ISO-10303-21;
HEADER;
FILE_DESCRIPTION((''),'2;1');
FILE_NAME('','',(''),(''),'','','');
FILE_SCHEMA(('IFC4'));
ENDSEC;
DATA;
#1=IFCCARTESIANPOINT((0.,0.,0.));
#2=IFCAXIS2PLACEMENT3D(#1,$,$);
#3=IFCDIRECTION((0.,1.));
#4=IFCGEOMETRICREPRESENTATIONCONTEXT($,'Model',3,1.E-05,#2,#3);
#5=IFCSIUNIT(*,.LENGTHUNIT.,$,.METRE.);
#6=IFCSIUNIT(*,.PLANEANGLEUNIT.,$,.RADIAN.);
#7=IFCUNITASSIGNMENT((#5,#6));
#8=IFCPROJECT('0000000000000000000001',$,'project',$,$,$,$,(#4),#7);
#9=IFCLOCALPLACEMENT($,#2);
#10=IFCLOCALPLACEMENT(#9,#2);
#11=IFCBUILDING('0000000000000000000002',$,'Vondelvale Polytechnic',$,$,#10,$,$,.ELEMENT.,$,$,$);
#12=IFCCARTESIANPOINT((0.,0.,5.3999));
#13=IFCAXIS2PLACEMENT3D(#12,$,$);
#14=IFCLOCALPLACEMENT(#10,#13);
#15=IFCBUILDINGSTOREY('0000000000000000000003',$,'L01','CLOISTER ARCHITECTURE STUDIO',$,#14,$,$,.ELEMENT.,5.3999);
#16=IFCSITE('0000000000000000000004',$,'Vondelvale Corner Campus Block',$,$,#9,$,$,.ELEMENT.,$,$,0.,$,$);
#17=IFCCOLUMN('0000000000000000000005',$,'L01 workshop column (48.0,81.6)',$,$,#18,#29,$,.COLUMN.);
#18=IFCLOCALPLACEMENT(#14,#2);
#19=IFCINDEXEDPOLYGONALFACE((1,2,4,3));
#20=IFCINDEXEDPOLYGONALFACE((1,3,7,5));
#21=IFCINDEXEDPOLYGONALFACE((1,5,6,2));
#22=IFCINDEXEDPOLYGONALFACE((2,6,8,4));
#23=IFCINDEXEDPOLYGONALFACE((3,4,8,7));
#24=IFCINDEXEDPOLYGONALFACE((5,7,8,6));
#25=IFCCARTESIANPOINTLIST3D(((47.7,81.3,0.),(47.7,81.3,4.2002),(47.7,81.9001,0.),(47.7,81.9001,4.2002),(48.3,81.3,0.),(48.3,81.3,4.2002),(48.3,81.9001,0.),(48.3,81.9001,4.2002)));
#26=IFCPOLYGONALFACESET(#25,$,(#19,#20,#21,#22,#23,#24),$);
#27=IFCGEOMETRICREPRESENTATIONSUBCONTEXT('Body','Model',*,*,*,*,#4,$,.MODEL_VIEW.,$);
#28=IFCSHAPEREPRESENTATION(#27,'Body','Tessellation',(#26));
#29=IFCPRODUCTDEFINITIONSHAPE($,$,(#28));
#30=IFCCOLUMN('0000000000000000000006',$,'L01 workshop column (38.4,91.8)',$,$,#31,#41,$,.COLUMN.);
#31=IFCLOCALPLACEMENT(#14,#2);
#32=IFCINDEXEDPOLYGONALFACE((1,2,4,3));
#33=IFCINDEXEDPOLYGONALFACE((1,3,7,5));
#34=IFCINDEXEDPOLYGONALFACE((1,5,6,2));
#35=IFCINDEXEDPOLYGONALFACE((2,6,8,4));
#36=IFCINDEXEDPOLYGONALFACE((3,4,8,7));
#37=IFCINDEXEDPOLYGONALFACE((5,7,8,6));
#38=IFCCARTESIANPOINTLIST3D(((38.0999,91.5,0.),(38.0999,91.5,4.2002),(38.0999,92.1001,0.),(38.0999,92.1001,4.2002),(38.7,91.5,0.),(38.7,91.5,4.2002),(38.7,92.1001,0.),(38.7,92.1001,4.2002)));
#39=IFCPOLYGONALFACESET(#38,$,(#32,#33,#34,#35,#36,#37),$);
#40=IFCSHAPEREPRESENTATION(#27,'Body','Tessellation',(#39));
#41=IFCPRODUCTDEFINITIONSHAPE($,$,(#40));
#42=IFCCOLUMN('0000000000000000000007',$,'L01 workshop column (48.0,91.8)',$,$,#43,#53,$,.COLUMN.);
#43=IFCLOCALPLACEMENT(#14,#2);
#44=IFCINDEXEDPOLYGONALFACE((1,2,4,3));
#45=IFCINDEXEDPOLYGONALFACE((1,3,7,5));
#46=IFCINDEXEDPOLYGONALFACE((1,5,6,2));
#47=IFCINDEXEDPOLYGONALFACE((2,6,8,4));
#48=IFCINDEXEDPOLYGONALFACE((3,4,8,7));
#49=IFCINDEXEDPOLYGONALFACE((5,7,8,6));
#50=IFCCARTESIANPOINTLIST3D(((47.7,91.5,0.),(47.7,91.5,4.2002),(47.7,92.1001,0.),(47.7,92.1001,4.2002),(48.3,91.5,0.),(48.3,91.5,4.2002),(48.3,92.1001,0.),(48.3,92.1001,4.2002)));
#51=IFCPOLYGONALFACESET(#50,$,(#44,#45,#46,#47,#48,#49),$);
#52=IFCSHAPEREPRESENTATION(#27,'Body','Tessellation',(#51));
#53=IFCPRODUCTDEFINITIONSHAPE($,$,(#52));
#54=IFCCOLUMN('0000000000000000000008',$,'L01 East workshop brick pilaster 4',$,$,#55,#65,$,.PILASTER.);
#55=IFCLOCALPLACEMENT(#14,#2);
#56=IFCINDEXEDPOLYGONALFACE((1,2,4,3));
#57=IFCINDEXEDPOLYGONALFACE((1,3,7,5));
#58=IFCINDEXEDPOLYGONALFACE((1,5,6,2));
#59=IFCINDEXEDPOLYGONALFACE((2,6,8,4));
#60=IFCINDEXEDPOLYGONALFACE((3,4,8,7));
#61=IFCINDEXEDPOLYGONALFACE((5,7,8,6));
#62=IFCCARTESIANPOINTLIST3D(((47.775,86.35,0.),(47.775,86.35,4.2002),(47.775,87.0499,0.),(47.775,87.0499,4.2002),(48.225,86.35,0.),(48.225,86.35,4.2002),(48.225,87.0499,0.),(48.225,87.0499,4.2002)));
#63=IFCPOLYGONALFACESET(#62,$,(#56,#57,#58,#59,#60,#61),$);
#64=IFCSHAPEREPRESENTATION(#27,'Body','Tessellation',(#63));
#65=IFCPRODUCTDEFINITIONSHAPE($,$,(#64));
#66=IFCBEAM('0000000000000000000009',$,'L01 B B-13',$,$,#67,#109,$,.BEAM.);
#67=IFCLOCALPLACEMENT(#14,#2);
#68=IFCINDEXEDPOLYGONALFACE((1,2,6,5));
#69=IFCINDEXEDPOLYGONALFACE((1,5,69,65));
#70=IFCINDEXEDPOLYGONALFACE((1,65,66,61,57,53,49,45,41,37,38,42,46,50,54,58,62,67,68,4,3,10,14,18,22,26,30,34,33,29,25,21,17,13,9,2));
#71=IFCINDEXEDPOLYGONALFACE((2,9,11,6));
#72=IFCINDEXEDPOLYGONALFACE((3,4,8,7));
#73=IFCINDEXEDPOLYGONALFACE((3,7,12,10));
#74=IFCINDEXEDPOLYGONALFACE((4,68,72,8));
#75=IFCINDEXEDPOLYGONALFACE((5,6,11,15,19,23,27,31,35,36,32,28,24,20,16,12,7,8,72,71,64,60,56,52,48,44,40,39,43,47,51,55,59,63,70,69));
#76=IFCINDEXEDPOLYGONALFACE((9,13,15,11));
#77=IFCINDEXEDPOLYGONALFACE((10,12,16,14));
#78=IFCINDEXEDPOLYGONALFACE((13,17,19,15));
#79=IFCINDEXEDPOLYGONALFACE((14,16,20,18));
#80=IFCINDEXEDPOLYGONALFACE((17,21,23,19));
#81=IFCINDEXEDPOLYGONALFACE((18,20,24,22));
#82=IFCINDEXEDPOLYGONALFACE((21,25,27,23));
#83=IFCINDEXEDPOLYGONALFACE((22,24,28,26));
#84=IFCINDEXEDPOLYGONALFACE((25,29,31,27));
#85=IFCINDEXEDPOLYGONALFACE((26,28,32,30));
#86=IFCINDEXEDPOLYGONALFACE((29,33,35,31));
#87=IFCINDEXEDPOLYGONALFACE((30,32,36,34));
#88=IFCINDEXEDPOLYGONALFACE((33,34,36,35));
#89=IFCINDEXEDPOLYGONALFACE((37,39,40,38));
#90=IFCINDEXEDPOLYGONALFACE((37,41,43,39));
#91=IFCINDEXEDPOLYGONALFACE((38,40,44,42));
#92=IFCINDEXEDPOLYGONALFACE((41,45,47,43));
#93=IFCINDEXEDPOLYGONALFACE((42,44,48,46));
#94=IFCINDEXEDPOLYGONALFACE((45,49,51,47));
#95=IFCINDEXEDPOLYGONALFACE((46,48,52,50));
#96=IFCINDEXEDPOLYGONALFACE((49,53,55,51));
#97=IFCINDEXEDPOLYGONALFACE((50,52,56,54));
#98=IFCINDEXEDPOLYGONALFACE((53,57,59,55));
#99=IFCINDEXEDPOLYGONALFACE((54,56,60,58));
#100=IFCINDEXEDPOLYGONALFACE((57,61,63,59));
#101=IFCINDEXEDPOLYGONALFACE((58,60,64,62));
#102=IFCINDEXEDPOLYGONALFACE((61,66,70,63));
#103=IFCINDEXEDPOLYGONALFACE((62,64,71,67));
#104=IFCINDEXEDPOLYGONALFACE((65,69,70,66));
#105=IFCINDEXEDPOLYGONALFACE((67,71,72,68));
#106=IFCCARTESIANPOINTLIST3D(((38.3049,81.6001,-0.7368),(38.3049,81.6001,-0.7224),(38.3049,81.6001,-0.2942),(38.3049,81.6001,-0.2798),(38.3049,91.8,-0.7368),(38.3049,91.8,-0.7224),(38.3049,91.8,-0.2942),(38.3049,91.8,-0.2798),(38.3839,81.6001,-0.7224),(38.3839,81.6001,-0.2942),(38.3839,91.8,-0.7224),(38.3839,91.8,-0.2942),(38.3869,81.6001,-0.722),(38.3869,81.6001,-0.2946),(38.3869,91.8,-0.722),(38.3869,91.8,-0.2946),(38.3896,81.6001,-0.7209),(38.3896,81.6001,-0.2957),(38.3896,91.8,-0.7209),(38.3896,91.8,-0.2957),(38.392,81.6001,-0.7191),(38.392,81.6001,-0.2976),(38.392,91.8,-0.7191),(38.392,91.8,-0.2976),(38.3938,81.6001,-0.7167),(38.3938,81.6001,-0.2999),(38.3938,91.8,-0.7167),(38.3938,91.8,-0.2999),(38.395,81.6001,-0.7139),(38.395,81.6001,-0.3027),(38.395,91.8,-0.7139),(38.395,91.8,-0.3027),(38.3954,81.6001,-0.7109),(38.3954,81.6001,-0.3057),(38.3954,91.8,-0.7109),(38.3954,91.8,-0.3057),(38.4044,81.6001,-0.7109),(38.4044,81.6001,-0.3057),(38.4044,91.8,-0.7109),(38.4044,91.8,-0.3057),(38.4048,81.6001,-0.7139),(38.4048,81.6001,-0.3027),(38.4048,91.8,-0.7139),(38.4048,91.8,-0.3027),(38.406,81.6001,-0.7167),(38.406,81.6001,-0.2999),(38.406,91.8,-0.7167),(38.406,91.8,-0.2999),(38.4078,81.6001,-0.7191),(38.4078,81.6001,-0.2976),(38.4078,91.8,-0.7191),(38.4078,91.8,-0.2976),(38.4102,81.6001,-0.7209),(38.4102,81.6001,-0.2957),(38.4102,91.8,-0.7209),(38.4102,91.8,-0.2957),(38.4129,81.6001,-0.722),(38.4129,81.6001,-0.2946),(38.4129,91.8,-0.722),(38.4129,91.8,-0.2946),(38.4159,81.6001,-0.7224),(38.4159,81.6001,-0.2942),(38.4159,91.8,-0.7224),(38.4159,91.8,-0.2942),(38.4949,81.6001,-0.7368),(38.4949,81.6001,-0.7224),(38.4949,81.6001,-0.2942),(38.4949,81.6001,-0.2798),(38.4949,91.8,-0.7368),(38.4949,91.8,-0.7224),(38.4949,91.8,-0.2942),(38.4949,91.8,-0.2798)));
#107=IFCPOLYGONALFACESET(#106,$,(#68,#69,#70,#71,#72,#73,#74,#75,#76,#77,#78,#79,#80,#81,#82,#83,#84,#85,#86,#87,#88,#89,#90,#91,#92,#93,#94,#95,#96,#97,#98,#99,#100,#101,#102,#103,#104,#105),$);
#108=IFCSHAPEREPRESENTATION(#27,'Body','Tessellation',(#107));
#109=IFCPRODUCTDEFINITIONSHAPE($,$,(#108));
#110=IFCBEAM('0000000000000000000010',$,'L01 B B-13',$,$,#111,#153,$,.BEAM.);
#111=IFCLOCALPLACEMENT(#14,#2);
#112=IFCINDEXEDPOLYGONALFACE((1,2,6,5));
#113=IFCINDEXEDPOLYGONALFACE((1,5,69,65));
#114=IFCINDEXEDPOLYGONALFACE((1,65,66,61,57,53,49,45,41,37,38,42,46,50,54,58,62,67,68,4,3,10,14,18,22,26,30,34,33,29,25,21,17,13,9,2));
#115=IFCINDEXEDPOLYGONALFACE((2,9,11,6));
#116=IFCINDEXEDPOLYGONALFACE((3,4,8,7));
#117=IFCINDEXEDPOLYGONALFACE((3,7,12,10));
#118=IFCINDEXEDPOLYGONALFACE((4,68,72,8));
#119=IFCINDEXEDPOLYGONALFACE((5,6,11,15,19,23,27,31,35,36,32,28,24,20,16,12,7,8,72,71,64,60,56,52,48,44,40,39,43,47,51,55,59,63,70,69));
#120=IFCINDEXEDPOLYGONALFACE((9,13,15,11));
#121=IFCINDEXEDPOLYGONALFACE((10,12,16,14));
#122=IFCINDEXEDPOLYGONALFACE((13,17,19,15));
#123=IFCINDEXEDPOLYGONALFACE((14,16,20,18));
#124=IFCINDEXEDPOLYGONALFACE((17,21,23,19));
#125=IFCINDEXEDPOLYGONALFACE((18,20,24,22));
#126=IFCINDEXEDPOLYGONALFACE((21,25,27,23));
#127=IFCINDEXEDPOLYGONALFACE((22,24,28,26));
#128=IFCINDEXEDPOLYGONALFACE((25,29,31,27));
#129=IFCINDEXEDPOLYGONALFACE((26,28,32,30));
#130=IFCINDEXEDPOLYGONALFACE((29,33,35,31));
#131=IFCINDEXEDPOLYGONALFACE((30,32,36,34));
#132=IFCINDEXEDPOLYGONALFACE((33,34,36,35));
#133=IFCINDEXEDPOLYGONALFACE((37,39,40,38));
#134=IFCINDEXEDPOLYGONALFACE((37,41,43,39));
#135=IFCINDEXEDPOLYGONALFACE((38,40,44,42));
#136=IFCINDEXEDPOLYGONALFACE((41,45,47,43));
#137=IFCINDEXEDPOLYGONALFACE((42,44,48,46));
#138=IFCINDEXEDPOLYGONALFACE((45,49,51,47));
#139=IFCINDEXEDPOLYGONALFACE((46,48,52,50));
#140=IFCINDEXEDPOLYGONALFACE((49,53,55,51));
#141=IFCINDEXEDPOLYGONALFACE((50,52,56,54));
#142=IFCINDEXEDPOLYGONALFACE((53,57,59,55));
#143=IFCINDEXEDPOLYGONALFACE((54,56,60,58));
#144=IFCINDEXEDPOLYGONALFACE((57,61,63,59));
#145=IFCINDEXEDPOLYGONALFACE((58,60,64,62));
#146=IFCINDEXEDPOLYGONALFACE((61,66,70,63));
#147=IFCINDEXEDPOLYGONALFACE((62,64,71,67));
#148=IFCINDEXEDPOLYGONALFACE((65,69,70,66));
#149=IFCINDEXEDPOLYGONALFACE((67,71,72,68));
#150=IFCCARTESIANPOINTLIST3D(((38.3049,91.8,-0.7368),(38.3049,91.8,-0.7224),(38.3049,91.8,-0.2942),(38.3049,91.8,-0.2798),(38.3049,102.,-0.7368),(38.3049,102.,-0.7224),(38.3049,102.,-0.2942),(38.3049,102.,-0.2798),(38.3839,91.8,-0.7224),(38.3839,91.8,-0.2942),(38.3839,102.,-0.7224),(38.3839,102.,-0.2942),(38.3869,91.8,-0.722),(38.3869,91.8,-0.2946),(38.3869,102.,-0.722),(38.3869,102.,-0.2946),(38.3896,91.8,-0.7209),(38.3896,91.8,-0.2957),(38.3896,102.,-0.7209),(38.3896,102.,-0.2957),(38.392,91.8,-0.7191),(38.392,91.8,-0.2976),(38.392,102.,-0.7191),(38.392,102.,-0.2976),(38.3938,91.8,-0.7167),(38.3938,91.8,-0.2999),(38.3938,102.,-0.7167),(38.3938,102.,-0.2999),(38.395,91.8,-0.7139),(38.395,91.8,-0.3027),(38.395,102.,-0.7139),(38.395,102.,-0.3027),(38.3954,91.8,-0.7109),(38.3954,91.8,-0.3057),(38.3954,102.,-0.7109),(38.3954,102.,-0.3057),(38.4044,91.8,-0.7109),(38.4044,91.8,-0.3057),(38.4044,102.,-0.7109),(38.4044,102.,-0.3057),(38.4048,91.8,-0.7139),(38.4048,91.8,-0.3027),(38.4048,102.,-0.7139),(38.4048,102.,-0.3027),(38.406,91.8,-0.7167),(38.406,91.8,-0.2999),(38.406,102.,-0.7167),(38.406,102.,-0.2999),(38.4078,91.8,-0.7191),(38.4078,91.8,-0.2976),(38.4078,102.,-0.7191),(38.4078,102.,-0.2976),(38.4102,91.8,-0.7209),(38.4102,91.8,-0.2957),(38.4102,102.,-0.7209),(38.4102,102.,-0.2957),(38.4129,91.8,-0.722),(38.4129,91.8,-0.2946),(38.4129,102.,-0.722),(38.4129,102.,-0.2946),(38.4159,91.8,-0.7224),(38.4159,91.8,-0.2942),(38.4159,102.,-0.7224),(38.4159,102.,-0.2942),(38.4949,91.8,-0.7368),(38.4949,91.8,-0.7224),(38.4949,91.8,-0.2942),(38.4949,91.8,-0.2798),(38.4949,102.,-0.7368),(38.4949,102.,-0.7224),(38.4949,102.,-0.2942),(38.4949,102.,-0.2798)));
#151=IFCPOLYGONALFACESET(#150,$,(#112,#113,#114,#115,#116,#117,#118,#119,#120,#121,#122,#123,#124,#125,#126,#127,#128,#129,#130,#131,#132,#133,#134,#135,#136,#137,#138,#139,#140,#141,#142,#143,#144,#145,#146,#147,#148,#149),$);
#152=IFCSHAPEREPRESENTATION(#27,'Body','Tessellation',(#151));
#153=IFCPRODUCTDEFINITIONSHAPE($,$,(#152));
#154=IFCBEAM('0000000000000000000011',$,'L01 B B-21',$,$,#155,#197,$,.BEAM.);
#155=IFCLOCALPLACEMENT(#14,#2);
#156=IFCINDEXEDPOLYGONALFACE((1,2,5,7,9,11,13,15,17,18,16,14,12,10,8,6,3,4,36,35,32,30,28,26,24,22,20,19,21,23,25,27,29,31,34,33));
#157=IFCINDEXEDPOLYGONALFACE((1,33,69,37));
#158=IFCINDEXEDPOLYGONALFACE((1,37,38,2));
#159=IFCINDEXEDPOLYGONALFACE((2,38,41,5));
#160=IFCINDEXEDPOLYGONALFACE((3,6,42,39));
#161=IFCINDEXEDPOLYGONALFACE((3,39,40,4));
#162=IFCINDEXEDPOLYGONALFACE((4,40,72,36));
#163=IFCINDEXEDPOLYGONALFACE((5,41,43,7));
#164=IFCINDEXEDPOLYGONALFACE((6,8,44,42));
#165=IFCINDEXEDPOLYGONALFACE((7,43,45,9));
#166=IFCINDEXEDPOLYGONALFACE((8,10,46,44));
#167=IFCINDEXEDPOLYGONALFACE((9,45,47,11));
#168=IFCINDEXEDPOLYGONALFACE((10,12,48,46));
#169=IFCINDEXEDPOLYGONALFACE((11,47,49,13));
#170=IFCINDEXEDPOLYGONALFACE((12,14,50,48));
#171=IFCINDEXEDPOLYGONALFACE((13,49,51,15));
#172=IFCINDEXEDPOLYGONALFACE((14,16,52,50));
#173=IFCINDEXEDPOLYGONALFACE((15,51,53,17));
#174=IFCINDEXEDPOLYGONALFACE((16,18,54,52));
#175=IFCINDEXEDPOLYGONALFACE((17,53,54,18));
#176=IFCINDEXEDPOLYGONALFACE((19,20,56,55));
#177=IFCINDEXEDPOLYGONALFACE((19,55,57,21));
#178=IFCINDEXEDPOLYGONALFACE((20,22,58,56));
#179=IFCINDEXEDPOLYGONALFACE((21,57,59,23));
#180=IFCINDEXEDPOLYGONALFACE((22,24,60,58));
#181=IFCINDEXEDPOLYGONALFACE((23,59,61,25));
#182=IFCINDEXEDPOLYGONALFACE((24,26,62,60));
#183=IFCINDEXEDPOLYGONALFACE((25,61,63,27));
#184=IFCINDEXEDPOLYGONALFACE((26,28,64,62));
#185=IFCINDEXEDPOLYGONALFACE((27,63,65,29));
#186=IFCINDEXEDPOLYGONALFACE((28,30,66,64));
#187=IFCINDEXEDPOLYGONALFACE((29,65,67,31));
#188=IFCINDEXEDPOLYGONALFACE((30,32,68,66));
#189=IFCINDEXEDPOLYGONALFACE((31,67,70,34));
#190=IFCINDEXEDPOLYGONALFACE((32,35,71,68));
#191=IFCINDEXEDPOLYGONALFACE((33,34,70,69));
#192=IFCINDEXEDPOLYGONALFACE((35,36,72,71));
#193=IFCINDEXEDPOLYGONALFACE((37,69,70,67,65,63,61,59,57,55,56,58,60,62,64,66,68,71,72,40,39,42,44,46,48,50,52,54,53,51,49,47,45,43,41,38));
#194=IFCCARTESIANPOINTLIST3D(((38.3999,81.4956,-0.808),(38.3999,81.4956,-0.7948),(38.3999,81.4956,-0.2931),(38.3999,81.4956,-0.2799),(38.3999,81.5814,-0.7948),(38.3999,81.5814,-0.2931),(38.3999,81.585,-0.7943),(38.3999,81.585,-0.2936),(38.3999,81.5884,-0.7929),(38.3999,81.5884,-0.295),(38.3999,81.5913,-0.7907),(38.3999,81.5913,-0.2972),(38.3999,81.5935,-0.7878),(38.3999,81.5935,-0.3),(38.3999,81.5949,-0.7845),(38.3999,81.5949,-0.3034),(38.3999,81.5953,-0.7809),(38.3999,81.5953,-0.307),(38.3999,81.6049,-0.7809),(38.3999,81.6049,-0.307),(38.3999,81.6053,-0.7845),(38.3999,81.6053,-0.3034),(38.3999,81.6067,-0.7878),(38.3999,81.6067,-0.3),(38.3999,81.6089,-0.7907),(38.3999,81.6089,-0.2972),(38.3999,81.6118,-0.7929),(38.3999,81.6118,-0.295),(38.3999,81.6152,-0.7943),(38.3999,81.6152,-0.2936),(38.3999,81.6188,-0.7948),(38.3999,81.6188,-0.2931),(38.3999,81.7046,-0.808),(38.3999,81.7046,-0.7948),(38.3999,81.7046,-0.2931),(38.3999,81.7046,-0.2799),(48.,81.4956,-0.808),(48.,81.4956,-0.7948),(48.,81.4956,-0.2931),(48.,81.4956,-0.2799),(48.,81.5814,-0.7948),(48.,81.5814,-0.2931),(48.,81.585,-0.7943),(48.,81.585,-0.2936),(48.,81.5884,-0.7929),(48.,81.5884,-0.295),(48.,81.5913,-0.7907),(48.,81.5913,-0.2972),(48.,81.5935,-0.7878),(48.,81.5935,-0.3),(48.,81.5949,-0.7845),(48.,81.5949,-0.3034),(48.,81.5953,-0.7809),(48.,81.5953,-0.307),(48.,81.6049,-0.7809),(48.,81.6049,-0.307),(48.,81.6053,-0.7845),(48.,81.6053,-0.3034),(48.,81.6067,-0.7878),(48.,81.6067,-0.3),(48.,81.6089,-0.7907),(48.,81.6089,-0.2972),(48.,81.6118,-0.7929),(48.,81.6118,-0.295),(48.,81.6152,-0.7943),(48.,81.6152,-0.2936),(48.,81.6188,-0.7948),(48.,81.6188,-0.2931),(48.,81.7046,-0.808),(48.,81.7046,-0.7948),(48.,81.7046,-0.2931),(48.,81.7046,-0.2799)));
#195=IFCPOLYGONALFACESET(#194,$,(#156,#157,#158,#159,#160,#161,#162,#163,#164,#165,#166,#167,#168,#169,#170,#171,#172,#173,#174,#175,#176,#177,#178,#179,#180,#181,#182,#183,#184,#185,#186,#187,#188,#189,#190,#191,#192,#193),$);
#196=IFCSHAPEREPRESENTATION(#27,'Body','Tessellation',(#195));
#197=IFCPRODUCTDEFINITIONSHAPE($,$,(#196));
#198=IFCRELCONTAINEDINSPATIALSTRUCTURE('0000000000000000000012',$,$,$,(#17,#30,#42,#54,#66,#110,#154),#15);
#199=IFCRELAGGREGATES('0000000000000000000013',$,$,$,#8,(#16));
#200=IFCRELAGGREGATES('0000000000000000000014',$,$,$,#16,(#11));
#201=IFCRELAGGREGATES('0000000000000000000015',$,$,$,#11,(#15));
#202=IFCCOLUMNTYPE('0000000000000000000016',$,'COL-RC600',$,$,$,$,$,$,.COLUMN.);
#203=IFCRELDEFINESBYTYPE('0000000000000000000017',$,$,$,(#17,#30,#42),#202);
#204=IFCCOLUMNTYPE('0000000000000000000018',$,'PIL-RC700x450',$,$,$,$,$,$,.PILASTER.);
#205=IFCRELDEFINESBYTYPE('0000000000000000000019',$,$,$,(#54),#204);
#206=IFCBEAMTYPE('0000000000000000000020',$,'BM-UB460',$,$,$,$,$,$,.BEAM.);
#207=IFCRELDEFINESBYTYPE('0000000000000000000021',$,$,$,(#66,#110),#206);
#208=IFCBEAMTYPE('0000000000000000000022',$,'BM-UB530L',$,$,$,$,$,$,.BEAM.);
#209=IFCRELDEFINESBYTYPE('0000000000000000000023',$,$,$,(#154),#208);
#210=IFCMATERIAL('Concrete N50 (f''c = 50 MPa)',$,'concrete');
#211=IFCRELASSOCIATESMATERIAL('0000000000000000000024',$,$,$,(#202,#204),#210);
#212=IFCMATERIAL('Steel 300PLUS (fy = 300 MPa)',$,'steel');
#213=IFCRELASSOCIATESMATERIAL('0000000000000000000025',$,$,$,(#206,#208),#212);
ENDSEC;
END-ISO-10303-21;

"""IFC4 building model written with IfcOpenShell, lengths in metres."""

from ifc_helpers import new_model, si_unit, direction, frame, origin, origin_2d, place, context, subcontext, project, spatial, rectangle, i_section, extrude, material, material_profile, profile_set, type_object, element, save


model = new_model("IFC4")

# Units and contexts
model_context = context("Model", 3, precision=1e-05, world=origin(), true_north=direction((0.0, 1.0)))
body_context = subcontext(model_context, "Body", "Model", "MODEL_VIEW")
ifc_project = project(units=[si_unit("LENGTHUNIT", "METRE"), si_unit("PLANEANGLEUNIT", "RADIAN")], contexts=[model_context])

# Site, building, storey
site_placement = place(None, origin())
site = spatial("IfcSite", under=ifc_project, at=site_placement, Name="Vondelvale Corner Campus Block", CompositionType="ELEMENT", RefElevation=0.0)
building_placement = place(site_placement, origin())
building = spatial("IfcBuilding", under=site, at=building_placement, Name="Vondelvale Polytechnic", CompositionType="ELEMENT")
storey_placement = place(building_placement, frame((0.0, 0.0, 5.3999)))
storey = spatial("IfcBuildingStorey", under=building, at=storey_placement, Name="L01", Description="CLOISTER ARCHITECTURE STUDIO", CompositionType="ELEMENT", Elevation=5.3999)

# Columns
ifc_material_1 = material(Name="Concrete N50 (f'c = 50 MPa)", Category="concrete")
ifc_material_profile_1 = material_profile(ifc_material_1, rectangle(XDim=0.6001, YDim=0.6001, at=origin_2d()), Name="RC-COL-600x600")
ifc_profile_set_1 = profile_set([ifc_material_profile_1], Name="Concrete N50 (f'c = 50 MPa)")
column_type_1 = type_object("IfcColumnType", Name="COL-RC600", PredefinedType="COLUMN", material=ifc_profile_set_1)
for number, where, z_axis, x_axis, name in (
    (1, (48.0, 81.6001, 0.0), (0.0, 0.0, 1.0), (1.0, 0.0, 0.0), "L01 workshop column (48.0,81.6)"),
    (2, (38.3999, 91.8, 0.0), (0.0, 0.0, 1.0), (1.0, 0.0, 0.0), "L01 workshop column (38.4,91.8)"),
    (3, (48.0, 91.8, 0.0), (0.0, 0.0, 1.0), (1.0, 0.0, 0.0), "L01 workshop column (48.0,91.8)"),
):
    element("IfcColumn", number, at=place(storey_placement, frame(where, z_axis=z_axis, x_axis=x_axis)), inside=storey, type_object=column_type_1, Name=name, PredefinedType="COLUMN", context=body_context, shape_type="SweptSolid", body=[
        extrude(rectangle(XDim=0.6001, YDim=0.6001, at=origin_2d()), origin(), (0.0, 0.0, 1.0), 4.2002),
    ])
ifc_material_profile_2 = material_profile(ifc_material_1, rectangle(XDim=0.45, YDim=0.7, at=origin_2d()), Name="RC-PIL-700x450")
ifc_profile_set_2 = profile_set([ifc_material_profile_2], Name="Concrete N50 (f'c = 50 MPa)")
column_type_2 = type_object("IfcColumnType", Name="PIL-RC700x450", PredefinedType="PILASTER", material=ifc_profile_set_2)
column_placement = place(storey_placement, frame((48.0, 86.7, 0.0), z_axis=(0.0, 0.0, 1.0), x_axis=(1.0, 0.0, 0.0)))
element("IfcColumn", 4, at=column_placement, inside=storey, type_object=column_type_2, Name="L01 East workshop brick pilaster 4", PredefinedType="PILASTER", context=body_context, shape_type="SweptSolid", body=[
    extrude(rectangle(XDim=0.45, YDim=0.7, at=origin_2d()), origin(), (0.0, 0.0, 1.0), 4.2002),
])

# Beams
ifc_material_2 = material(Name="Steel 300PLUS (fy = 300 MPa)", Category="steel")
ifc_material_profile_3 = material_profile(ifc_material_2, i_section(OverallWidth=0.1899, OverallDepth=0.457, WebThickness=0.009, FlangeThickness=0.0144, FilletRadius=0.0115, at=origin_2d()), Name="460UB74.6")
ifc_profile_set_3 = profile_set([ifc_material_profile_3], Name="Steel 300PLUS (fy = 300 MPa)")
beam_type_1 = type_object("IfcBeamType", Name="BM-UB460", PredefinedType="BEAM", material=ifc_profile_set_3)
for number, where, z_axis, x_axis, name in (
    (5, (38.3999, 81.6001, -0.5083), (0.0, 1.0, 0.0), (-1.0, 0.0, 0.0), "L01 B B-13"),
    (6, (38.3999, 91.8, -0.5083), (0.0, 1.0, 0.0), (-1.0, 0.0, 0.0), "L01 B B-13"),
):
    element("IfcBeam", number, at=place(storey_placement, frame(where, z_axis=z_axis, x_axis=x_axis)), inside=storey, type_object=beam_type_1, Name=name, PredefinedType="BEAM", context=body_context, shape_type="SweptSolid", body=[
        extrude(i_section(OverallWidth=0.1899, OverallDepth=0.457, WebThickness=0.009, FlangeThickness=0.0144, FilletRadius=0.0115, at=origin_2d()), origin(), (0.0, 0.0, 1.0), 10.2),
    ])
ifc_material_profile_4 = material_profile(ifc_material_2, i_section(OverallWidth=0.209, OverallDepth=0.5281, WebThickness=0.0095, FlangeThickness=0.0132, FilletRadius=0.0139, at=origin_2d()), Name="530UB82.0")
ifc_profile_set_4 = profile_set([ifc_material_profile_4], Name="Steel 300PLUS (fy = 300 MPa)")
beam_type_2 = type_object("IfcBeamType", Name="BM-UB530L", PredefinedType="BEAM", material=ifc_profile_set_4)
for number, where, z_axis, x_axis, name in (
    (7, (38.3999, 81.6001, -0.5439), (1.0, 0.0, 0.0), (0.0, 1.0, 0.0), "L01 B B-21"),
):
    element("IfcBeam", number, at=place(storey_placement, frame(where, z_axis=z_axis, x_axis=x_axis)), inside=storey, type_object=beam_type_2, Name=name, PredefinedType="BEAM", context=body_context, shape_type="SweptSolid", body=[
        extrude(i_section(OverallWidth=0.209, OverallDepth=0.5281, WebThickness=0.0095, FlangeThickness=0.0132, FilletRadius=0.0139, at=origin_2d()), origin(), (0.0, 0.0, 1.0), 9.6001),
    ])

save(model, "model.ifc")
